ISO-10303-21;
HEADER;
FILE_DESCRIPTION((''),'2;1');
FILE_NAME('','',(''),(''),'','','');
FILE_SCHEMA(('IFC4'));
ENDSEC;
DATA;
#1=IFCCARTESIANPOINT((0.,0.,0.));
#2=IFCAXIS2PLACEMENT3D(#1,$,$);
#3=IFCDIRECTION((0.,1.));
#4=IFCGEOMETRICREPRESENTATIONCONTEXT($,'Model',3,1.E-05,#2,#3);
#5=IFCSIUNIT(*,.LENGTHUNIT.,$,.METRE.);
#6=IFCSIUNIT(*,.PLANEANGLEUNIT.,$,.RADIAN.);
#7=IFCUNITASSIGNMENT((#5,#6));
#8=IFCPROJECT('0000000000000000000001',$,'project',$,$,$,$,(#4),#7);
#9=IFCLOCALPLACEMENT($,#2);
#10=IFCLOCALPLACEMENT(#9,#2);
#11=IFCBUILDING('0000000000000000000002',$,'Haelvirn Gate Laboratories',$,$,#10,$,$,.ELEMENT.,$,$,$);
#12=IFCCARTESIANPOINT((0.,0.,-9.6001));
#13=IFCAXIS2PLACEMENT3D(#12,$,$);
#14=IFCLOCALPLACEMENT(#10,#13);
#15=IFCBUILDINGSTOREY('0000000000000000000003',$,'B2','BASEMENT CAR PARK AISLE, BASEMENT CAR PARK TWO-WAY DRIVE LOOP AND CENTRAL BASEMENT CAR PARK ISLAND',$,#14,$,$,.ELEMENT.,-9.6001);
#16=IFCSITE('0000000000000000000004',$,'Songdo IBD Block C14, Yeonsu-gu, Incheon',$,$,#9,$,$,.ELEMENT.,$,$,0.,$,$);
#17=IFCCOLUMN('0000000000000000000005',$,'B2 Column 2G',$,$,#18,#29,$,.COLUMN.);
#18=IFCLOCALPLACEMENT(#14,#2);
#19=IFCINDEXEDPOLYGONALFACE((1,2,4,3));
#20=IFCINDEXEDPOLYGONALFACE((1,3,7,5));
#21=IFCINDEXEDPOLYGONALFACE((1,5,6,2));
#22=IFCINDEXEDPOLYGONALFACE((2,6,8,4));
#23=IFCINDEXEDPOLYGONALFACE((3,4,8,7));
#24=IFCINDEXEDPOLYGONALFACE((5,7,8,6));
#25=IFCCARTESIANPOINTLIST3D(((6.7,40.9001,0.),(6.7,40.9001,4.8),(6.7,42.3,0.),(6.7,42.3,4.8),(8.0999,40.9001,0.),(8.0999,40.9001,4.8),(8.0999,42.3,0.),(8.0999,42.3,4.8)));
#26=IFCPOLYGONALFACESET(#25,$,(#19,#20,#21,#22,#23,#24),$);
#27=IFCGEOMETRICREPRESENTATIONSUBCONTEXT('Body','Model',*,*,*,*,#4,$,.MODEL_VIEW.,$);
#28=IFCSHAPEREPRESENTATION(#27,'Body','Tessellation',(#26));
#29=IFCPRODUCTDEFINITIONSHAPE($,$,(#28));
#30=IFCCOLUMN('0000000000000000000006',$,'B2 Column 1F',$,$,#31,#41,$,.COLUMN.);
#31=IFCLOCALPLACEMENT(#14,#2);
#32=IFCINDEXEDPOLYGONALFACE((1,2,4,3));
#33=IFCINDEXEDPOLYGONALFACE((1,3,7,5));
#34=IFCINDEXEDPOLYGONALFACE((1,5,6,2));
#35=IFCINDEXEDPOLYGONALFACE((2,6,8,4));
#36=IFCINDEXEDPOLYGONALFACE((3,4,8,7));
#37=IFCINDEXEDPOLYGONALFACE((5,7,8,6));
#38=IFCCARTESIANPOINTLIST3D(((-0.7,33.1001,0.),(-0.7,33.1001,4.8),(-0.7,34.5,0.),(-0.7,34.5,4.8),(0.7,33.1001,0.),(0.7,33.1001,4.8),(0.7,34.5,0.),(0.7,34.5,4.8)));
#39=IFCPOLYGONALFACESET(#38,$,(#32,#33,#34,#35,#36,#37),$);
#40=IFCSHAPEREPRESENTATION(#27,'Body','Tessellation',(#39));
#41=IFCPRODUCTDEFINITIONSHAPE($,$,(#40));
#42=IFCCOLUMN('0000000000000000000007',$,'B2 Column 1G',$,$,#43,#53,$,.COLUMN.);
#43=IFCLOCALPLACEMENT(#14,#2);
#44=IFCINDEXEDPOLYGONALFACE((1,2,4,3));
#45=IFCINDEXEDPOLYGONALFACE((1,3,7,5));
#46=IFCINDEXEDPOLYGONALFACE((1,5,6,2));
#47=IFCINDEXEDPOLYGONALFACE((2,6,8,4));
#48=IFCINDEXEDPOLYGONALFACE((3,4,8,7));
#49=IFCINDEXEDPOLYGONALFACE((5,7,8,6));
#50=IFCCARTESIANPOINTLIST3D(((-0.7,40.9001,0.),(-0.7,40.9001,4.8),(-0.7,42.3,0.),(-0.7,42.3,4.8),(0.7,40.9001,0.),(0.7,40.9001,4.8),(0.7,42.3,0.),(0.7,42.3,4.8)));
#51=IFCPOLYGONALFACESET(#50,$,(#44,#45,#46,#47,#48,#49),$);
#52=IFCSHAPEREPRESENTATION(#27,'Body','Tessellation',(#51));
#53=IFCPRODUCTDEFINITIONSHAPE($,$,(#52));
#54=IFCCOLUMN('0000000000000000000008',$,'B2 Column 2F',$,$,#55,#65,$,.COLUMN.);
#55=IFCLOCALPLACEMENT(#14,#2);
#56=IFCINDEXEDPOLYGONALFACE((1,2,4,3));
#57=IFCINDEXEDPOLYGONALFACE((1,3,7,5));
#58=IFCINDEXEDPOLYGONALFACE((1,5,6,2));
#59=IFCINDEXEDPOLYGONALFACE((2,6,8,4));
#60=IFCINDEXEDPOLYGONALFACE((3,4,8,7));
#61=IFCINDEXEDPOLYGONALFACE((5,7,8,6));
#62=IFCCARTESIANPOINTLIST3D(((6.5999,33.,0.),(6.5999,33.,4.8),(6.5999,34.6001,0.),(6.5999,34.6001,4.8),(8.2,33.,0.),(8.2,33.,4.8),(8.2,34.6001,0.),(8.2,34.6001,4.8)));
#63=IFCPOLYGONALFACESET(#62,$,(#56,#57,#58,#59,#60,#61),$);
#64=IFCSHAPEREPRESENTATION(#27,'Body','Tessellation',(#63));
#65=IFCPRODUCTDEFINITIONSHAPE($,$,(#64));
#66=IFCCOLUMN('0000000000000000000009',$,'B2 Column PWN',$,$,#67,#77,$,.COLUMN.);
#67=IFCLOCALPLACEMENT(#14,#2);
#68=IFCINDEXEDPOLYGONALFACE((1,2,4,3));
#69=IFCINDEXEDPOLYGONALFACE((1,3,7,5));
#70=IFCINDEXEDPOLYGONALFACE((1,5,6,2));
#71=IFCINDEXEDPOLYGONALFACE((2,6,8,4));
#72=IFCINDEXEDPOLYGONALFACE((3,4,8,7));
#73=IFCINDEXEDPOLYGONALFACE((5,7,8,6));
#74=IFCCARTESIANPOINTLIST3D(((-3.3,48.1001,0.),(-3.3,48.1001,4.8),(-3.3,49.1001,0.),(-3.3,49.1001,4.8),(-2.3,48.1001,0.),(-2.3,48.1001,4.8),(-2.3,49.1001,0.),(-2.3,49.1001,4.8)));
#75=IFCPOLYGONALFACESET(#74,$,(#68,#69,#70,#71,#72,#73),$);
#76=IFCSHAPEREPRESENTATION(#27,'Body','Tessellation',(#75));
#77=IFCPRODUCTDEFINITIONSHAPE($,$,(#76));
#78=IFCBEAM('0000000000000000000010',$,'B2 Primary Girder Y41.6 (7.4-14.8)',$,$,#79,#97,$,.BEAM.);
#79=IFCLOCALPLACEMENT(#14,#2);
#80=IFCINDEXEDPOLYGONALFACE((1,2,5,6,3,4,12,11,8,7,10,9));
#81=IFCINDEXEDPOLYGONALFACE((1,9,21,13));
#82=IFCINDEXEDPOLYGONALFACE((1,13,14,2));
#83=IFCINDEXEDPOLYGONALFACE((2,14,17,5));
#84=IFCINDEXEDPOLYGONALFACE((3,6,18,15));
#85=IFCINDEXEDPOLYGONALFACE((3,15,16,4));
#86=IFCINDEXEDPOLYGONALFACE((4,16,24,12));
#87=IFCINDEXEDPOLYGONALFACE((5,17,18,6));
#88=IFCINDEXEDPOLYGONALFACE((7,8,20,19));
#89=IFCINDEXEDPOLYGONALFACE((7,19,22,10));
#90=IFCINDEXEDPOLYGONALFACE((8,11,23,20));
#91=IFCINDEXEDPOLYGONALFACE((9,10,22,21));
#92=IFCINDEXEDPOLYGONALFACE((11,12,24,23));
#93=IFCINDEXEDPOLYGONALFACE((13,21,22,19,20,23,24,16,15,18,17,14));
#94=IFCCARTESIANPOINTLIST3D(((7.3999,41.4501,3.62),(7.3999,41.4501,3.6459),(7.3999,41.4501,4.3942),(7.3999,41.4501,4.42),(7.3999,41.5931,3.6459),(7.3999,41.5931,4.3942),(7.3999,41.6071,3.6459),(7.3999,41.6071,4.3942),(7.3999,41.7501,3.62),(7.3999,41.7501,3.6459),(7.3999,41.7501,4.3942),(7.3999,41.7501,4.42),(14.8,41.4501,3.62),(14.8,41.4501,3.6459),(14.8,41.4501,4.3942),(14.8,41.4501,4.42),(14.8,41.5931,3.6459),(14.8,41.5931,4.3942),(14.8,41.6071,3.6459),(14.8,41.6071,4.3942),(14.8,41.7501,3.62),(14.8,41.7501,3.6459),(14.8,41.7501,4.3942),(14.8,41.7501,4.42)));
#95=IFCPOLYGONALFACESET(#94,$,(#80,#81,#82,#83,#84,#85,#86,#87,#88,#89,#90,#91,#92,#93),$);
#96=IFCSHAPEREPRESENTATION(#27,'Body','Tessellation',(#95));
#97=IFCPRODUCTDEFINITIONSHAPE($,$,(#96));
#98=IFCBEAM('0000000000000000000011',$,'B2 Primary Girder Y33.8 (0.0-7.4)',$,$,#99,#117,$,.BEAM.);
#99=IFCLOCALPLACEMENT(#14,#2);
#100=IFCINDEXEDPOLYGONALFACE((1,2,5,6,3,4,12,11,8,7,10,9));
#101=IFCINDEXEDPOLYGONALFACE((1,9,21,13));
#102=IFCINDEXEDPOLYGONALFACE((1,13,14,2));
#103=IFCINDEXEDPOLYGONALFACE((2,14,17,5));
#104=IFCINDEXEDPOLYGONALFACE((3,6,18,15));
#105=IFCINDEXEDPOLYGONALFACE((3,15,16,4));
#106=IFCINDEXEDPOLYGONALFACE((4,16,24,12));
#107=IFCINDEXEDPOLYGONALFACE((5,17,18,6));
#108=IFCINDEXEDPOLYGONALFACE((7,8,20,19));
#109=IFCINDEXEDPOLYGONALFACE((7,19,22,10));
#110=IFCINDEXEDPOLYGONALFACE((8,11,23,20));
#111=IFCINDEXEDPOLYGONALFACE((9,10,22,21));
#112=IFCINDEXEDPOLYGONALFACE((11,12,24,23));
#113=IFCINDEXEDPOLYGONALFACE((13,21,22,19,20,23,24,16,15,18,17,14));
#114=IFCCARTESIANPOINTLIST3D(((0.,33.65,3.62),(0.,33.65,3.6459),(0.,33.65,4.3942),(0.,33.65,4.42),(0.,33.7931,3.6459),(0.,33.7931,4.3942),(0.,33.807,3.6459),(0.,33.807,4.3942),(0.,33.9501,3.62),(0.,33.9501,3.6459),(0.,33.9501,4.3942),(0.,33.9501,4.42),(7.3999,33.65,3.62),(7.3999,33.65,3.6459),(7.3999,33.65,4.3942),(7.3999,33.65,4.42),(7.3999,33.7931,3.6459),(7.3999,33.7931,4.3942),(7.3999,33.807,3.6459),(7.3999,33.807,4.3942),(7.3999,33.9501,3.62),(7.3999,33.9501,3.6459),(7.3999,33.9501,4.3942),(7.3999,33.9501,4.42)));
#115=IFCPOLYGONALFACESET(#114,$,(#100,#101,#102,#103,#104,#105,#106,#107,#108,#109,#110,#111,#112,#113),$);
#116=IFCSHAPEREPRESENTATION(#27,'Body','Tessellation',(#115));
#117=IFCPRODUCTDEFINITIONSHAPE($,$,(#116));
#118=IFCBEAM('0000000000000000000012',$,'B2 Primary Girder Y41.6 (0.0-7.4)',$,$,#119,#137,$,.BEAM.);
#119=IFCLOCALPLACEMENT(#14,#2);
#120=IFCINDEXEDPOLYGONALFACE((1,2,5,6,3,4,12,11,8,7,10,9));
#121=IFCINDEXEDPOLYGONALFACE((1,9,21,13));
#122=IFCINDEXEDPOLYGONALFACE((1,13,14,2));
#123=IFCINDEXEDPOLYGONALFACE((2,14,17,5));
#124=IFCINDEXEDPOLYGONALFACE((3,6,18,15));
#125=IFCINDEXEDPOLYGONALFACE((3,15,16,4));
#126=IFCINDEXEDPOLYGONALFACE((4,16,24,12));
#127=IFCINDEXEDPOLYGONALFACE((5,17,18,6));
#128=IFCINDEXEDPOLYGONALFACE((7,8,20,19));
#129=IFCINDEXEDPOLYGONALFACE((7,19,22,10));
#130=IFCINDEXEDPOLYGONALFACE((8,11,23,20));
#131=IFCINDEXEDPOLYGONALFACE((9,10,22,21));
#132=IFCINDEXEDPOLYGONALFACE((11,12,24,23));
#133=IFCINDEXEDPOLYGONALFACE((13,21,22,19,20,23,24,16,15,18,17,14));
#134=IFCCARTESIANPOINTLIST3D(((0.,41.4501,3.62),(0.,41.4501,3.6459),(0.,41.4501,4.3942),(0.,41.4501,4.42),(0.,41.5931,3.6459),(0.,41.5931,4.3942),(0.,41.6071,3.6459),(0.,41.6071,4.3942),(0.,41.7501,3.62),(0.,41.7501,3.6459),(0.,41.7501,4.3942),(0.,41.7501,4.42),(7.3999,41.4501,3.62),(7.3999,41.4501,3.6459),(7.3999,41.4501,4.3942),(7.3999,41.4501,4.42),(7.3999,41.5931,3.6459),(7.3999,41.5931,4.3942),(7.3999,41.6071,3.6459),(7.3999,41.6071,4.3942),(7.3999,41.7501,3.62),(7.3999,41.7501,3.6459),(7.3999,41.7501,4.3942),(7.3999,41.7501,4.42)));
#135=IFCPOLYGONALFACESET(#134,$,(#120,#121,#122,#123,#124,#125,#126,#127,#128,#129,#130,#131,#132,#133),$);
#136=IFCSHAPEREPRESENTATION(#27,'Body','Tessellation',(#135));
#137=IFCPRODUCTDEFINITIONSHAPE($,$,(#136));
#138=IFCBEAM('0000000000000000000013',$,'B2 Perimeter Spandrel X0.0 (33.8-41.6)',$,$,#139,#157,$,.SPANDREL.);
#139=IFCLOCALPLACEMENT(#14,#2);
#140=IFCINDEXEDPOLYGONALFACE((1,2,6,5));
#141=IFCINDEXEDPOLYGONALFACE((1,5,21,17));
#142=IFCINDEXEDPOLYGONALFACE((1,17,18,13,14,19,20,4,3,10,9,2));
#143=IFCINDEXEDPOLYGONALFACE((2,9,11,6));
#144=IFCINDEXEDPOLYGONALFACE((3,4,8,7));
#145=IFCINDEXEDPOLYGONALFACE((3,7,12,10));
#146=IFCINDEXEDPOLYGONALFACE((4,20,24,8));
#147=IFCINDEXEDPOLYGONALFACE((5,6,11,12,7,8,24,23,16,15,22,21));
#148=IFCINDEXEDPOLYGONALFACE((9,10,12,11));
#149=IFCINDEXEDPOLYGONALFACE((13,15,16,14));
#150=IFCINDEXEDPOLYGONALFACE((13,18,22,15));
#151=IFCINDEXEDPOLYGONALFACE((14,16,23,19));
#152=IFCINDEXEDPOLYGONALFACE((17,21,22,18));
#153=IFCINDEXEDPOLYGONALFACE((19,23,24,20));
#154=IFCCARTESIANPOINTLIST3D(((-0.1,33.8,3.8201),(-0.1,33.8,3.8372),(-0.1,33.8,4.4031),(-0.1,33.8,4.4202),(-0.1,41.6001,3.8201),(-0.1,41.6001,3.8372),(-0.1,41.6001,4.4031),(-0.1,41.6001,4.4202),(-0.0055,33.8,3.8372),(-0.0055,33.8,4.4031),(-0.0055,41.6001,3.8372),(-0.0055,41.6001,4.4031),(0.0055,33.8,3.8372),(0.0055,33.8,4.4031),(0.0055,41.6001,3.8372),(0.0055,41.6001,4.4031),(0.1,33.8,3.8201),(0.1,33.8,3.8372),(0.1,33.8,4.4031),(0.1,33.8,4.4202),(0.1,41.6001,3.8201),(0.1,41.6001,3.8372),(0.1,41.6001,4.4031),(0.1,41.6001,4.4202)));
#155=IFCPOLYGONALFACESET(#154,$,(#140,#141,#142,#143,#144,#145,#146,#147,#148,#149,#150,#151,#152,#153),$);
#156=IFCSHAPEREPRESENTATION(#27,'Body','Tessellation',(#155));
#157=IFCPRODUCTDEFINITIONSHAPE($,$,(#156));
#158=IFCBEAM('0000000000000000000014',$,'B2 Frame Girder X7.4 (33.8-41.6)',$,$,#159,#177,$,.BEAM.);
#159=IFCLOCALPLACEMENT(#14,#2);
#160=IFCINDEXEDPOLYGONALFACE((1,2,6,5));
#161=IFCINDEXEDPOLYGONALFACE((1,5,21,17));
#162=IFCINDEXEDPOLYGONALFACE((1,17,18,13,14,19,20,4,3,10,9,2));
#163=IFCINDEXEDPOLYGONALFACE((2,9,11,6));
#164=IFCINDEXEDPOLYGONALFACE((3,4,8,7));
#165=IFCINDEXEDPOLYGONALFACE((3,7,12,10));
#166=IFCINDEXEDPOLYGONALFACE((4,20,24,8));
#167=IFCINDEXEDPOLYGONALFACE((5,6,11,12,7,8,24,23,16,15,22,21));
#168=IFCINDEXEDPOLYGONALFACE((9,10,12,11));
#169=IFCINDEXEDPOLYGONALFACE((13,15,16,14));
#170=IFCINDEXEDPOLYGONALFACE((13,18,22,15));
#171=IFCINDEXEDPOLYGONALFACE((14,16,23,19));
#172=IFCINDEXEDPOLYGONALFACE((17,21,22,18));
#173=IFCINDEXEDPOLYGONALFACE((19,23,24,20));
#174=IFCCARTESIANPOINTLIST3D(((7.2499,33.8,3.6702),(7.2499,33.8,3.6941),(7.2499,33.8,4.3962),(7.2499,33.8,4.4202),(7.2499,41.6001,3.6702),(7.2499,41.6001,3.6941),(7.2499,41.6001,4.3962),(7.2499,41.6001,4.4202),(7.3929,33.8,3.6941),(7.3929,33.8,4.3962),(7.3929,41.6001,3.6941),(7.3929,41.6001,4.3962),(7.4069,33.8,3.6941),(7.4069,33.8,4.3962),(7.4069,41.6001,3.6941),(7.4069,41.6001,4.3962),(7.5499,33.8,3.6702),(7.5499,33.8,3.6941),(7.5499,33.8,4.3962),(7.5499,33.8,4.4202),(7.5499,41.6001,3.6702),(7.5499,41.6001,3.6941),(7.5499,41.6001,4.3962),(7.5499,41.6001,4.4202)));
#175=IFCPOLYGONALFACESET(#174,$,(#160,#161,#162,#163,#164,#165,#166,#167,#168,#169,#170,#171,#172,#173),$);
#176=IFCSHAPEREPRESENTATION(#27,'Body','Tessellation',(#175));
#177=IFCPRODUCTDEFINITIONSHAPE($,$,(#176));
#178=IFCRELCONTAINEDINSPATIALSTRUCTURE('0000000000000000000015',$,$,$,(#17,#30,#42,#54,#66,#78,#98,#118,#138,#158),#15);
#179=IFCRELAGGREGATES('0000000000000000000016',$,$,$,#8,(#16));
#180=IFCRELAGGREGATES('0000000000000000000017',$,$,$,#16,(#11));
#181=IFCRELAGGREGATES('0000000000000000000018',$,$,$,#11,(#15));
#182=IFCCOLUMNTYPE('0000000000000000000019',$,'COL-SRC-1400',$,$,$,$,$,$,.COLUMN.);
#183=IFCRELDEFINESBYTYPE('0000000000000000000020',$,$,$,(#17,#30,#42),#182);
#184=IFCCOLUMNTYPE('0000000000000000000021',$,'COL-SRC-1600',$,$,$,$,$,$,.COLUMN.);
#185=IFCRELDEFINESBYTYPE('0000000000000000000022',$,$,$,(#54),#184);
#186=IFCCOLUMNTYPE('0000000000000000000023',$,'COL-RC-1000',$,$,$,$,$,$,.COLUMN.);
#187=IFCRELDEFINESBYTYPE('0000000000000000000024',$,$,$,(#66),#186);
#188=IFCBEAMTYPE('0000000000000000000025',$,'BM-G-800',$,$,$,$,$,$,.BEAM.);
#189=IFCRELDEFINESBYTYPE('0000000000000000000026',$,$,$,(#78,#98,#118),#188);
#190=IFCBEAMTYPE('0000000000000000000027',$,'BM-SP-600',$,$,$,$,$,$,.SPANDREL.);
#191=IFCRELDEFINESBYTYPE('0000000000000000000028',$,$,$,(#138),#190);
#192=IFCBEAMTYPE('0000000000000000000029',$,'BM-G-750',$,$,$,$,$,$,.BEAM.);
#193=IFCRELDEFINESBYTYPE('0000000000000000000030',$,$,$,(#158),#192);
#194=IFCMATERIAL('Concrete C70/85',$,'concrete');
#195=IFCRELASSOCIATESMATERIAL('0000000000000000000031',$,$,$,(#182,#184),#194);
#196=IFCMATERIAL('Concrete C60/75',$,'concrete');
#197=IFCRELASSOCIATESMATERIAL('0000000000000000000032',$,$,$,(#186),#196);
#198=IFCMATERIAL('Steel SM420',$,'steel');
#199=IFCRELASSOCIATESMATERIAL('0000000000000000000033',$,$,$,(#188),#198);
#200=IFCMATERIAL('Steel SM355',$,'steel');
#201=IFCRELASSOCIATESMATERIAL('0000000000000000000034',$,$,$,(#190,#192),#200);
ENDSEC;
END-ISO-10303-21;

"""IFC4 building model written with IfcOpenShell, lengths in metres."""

from ifc_helpers import new_model, si_unit, direction, frame, origin, origin_2d, place, context, subcontext, project, spatial, rectangle, i_section, extrude, source, transform, mapped, material, material_profile, profile_set, type_object, type_shapes, element, save


model = new_model("IFC4")

# Units and contexts
model_context = context("Model", 3, precision=1e-05, world=origin(), true_north=direction((0.0, 1.0)))
body_context = subcontext(model_context, "Body", "Model", "MODEL_VIEW")
ifc_project = project(units=[si_unit("LENGTHUNIT", "METRE"), si_unit("PLANEANGLEUNIT", "RADIAN")], contexts=[model_context])

# Site, building, storey
site_placement = place(None, origin())
site = spatial("IfcSite", under=ifc_project, at=site_placement, Name="Songdo IBD Block C14, Yeonsu-gu, Incheon", CompositionType="ELEMENT", RefElevation=0.0)
building_placement = place(site_placement, origin())
building = spatial("IfcBuilding", under=site, at=building_placement, Name="Haelvirn Gate Laboratories", CompositionType="ELEMENT")
storey_placement = place(building_placement, frame((0.0, 0.0, -9.6001)))
storey = spatial("IfcBuildingStorey", under=building, at=storey_placement, Name="B2", Description="BASEMENT CAR PARK AISLE, BASEMENT CAR PARK TWO-WAY DRIVE LOOP AND CENTRAL BASEMENT CAR PARK ISLAND", CompositionType="ELEMENT", Elevation=-9.6001)

# Columns
ifc_material_1 = material(Name="Concrete C70/85", Category="concrete")
ifc_material_profile_1 = material_profile(ifc_material_1, rectangle(XDim=1.3999, YDim=1.3999, at=origin_2d()), Name="SRC-1400x1400")
ifc_profile_set_1 = profile_set([ifc_material_profile_1], Name="Concrete C70/85")
column_type_1 = type_object("IfcColumnType", Name="COL-SRC-1400", PredefinedType="COLUMN", material=ifc_profile_set_1)
shared_shape_1 = source(origin(), body_context, "Body", "SweptSolid", [
    extrude(rectangle(XDim=1.3999, YDim=1.3999, at=origin_2d()), origin(), (0.0, 0.0, 1.0), 4.8),
])
type_shapes(column_type_1, [shared_shape_1])
for number, where, z_axis, x_axis, name in (
    (1, (7.3999, 41.6001, 0.0), (0.0, 0.0, 1.0), (1.0, 0.0, 0.0), "B2 Column 2G"),
    (2, (0.0, 33.8, 0.0), (0.0, 0.0, 1.0), (1.0, 0.0, 0.0), "B2 Column 1F"),
    (3, (0.0, 41.6001, 0.0), (0.0, 0.0, 1.0), (1.0, 0.0, 0.0), "B2 Column 1G"),
):
    element("IfcColumn", number, at=place(storey_placement, frame(where, z_axis=z_axis, x_axis=x_axis)), inside=storey, type_object=column_type_1, Name=name, PredefinedType="COLUMN", context=body_context, shape_type="MappedRepresentation", body=[
        mapped(shared_shape_1, transform((0.0, 0.0, 0.0), scale=1.0)),
    ])
ifc_material_profile_2 = material_profile(ifc_material_1, rectangle(XDim=1.6001, YDim=1.6001, at=origin_2d()), Name="SRC-1600x1600")
ifc_profile_set_2 = profile_set([ifc_material_profile_2], Name="Concrete C70/85")
column_type_2 = type_object("IfcColumnType", Name="COL-SRC-1600", PredefinedType="COLUMN", material=ifc_profile_set_2)
shared_shape_2 = source(origin(), body_context, "Body", "SweptSolid", [
    extrude(rectangle(XDim=1.6001, YDim=1.6001, at=origin_2d()), origin(), (0.0, 0.0, 1.0), 4.8),
])
type_shapes(column_type_2, [shared_shape_2])
column_1_placement = place(storey_placement, frame((7.3999, 33.8, 0.0), z_axis=(0.0, 0.0, 1.0), x_axis=(1.0, 0.0, 0.0)))
element("IfcColumn", 4, at=column_1_placement, inside=storey, type_object=column_type_2, Name="B2 Column 2F", PredefinedType="COLUMN", context=body_context, shape_type="MappedRepresentation", body=[
    mapped(shared_shape_2, transform((0.0, 0.0, 0.0), scale=1.0)),
])
ifc_material_2 = material(Name="Concrete C60/75", Category="concrete")
ifc_material_profile_3 = material_profile(ifc_material_2, rectangle(XDim=1.0, YDim=1.0, at=origin_2d()), Name="RC-1000x1000")
ifc_profile_set_3 = profile_set([ifc_material_profile_3], Name="Concrete C60/75")
column_type_3 = type_object("IfcColumnType", Name="COL-RC-1000", PredefinedType="COLUMN", material=ifc_profile_set_3)
shared_shape_3 = source(origin(), body_context, "Body", "SweptSolid", [
    extrude(rectangle(XDim=1.0, YDim=1.0, at=origin_2d()), origin(), (0.0, 0.0, 1.0), 4.8),
])
type_shapes(column_type_3, [shared_shape_3])
column_2_placement = place(storey_placement, frame((-2.8, 48.6001, 0.0), z_axis=(0.0, 0.0, 1.0), x_axis=(1.0, 0.0, 0.0)))
element("IfcColumn", 5, at=column_2_placement, inside=storey, type_object=column_type_3, Name="B2 Column PWN", PredefinedType="COLUMN", context=body_context, shape_type="MappedRepresentation", body=[
    mapped(shared_shape_3, transform((0.0, 0.0, 0.0), scale=1.0)),
])

# Beams
ifc_material_3 = material(Name="Steel SM420", Category="steel")
ifc_material_profile_4 = material_profile(ifc_material_3, i_section(OverallWidth=0.3, OverallDepth=0.8, WebThickness=0.0139, FlangeThickness=0.0259, at=origin_2d()), Name="H-800x300x14x26")
ifc_profile_set_4 = profile_set([ifc_material_profile_4], Name="Steel SM420")
beam_type_1 = type_object("IfcBeamType", Name="BM-G-800", PredefinedType="BEAM", material=ifc_profile_set_4)
shared_shape_4 = source(origin(), body_context, "Body", "SweptSolid", [
    extrude(i_section(OverallWidth=0.3, OverallDepth=0.8, WebThickness=0.0139, FlangeThickness=0.0259, at=origin_2d()), origin(), (0.0, 0.0, 1.0), 7.4001),
])
beam_1_placement = place(storey_placement, frame((7.3999, 41.6001, 4.02), z_axis=(1.0, 0.0, 0.0), x_axis=(0.0, 1.0, 0.0)))
element("IfcBeam", 6, at=beam_1_placement, inside=storey, type_object=beam_type_1, Name="B2 Primary Girder Y41.6 (7.4-14.8)", PredefinedType="BEAM", context=body_context, shape_type="MappedRepresentation", body=[
    mapped(shared_shape_4, transform((0.0, 0.0, 0.0), scale=1.0)),
])
shared_shape_5 = source(origin(), body_context, "Body", "SweptSolid", [
    extrude(i_section(OverallWidth=0.3, OverallDepth=0.8, WebThickness=0.0139, FlangeThickness=0.0259, at=origin_2d()), origin(), (0.0, 0.0, 1.0), 7.3999),
])
type_shapes(beam_type_1, [shared_shape_4, shared_shape_5])
for number, where, z_axis, x_axis, name in (
    (7, (0.0, 33.8, 4.02), (1.0, 0.0, 0.0), (0.0, 1.0, 0.0), "B2 Primary Girder Y33.8 (0.0-7.4)"),
    (8, (0.0, 41.6001, 4.02), (1.0, 0.0, 0.0), (0.0, 1.0, 0.0), "B2 Primary Girder Y41.6 (0.0-7.4)"),
):
    element("IfcBeam", number, at=place(storey_placement, frame(where, z_axis=z_axis, x_axis=x_axis)), inside=storey, type_object=beam_type_1, Name=name, PredefinedType="BEAM", context=body_context, shape_type="MappedRepresentation", body=[
        mapped(shared_shape_5, transform((0.0, 0.0, 0.0), scale=1.0)),
    ])
ifc_material_4 = material(Name="Steel SM355", Category="steel")
ifc_material_profile_5 = material_profile(ifc_material_4, i_section(OverallWidth=0.2, OverallDepth=0.6001, WebThickness=0.011, FlangeThickness=0.0171, at=origin_2d()), Name="H-600x200x11x17")
ifc_profile_set_5 = profile_set([ifc_material_profile_5], Name="Steel SM355")
beam_type_2 = type_object("IfcBeamType", Name="BM-SP-600", PredefinedType="SPANDREL", material=ifc_profile_set_5)
shared_shape_6 = source(origin(), body_context, "Body", "SweptSolid", [
    extrude(i_section(OverallWidth=0.2, OverallDepth=0.6001, WebThickness=0.011, FlangeThickness=0.0171, at=origin_2d()), origin(), (0.0, 0.0, 1.0), 7.8),
])
type_shapes(beam_type_2, [shared_shape_6])
beam_2_placement = place(storey_placement, frame((0.0, 33.8, 4.1201), z_axis=(0.0, 1.0, 0.0), x_axis=(-1.0, 0.0, 0.0)))
element("IfcBeam", 9, at=beam_2_placement, inside=storey, type_object=beam_type_2, Name="B2 Perimeter Spandrel X0.0 (33.8-41.6)", PredefinedType="SPANDREL", context=body_context, shape_type="MappedRepresentation", body=[
    mapped(shared_shape_6, transform((0.0, 0.0, 0.0), scale=1.0)),
])
ifc_material_profile_6 = material_profile(ifc_material_4, i_section(OverallWidth=0.3, OverallDepth=0.75, WebThickness=0.0139, FlangeThickness=0.0239, at=origin_2d()), Name="H-750x300x14x24")
ifc_profile_set_6 = profile_set([ifc_material_profile_6], Name="Steel SM355")
beam_type_3 = type_object("IfcBeamType", Name="BM-G-750", PredefinedType="BEAM", material=ifc_profile_set_6)
shared_shape_7 = source(origin(), body_context, "Body", "SweptSolid", [
    extrude(i_section(OverallWidth=0.3, OverallDepth=0.75, WebThickness=0.0139, FlangeThickness=0.0239, at=origin_2d()), origin(), (0.0, 0.0, 1.0), 7.8),
])
type_shapes(beam_type_3, [shared_shape_7])
beam_3_placement = place(storey_placement, frame((7.3999, 33.8, 4.0452), z_axis=(0.0, 1.0, 0.0), x_axis=(-1.0, 0.0, 0.0)))
element("IfcBeam", 10, at=beam_3_placement, inside=storey, type_object=beam_type_3, Name="B2 Frame Girder X7.4 (33.8-41.6)", PredefinedType="BEAM", context=body_context, shape_type="MappedRepresentation", body=[
    mapped(shared_shape_7, transform((0.0, 0.0, 0.0), scale=1.0)),
])

save(model, "model.ifc")
